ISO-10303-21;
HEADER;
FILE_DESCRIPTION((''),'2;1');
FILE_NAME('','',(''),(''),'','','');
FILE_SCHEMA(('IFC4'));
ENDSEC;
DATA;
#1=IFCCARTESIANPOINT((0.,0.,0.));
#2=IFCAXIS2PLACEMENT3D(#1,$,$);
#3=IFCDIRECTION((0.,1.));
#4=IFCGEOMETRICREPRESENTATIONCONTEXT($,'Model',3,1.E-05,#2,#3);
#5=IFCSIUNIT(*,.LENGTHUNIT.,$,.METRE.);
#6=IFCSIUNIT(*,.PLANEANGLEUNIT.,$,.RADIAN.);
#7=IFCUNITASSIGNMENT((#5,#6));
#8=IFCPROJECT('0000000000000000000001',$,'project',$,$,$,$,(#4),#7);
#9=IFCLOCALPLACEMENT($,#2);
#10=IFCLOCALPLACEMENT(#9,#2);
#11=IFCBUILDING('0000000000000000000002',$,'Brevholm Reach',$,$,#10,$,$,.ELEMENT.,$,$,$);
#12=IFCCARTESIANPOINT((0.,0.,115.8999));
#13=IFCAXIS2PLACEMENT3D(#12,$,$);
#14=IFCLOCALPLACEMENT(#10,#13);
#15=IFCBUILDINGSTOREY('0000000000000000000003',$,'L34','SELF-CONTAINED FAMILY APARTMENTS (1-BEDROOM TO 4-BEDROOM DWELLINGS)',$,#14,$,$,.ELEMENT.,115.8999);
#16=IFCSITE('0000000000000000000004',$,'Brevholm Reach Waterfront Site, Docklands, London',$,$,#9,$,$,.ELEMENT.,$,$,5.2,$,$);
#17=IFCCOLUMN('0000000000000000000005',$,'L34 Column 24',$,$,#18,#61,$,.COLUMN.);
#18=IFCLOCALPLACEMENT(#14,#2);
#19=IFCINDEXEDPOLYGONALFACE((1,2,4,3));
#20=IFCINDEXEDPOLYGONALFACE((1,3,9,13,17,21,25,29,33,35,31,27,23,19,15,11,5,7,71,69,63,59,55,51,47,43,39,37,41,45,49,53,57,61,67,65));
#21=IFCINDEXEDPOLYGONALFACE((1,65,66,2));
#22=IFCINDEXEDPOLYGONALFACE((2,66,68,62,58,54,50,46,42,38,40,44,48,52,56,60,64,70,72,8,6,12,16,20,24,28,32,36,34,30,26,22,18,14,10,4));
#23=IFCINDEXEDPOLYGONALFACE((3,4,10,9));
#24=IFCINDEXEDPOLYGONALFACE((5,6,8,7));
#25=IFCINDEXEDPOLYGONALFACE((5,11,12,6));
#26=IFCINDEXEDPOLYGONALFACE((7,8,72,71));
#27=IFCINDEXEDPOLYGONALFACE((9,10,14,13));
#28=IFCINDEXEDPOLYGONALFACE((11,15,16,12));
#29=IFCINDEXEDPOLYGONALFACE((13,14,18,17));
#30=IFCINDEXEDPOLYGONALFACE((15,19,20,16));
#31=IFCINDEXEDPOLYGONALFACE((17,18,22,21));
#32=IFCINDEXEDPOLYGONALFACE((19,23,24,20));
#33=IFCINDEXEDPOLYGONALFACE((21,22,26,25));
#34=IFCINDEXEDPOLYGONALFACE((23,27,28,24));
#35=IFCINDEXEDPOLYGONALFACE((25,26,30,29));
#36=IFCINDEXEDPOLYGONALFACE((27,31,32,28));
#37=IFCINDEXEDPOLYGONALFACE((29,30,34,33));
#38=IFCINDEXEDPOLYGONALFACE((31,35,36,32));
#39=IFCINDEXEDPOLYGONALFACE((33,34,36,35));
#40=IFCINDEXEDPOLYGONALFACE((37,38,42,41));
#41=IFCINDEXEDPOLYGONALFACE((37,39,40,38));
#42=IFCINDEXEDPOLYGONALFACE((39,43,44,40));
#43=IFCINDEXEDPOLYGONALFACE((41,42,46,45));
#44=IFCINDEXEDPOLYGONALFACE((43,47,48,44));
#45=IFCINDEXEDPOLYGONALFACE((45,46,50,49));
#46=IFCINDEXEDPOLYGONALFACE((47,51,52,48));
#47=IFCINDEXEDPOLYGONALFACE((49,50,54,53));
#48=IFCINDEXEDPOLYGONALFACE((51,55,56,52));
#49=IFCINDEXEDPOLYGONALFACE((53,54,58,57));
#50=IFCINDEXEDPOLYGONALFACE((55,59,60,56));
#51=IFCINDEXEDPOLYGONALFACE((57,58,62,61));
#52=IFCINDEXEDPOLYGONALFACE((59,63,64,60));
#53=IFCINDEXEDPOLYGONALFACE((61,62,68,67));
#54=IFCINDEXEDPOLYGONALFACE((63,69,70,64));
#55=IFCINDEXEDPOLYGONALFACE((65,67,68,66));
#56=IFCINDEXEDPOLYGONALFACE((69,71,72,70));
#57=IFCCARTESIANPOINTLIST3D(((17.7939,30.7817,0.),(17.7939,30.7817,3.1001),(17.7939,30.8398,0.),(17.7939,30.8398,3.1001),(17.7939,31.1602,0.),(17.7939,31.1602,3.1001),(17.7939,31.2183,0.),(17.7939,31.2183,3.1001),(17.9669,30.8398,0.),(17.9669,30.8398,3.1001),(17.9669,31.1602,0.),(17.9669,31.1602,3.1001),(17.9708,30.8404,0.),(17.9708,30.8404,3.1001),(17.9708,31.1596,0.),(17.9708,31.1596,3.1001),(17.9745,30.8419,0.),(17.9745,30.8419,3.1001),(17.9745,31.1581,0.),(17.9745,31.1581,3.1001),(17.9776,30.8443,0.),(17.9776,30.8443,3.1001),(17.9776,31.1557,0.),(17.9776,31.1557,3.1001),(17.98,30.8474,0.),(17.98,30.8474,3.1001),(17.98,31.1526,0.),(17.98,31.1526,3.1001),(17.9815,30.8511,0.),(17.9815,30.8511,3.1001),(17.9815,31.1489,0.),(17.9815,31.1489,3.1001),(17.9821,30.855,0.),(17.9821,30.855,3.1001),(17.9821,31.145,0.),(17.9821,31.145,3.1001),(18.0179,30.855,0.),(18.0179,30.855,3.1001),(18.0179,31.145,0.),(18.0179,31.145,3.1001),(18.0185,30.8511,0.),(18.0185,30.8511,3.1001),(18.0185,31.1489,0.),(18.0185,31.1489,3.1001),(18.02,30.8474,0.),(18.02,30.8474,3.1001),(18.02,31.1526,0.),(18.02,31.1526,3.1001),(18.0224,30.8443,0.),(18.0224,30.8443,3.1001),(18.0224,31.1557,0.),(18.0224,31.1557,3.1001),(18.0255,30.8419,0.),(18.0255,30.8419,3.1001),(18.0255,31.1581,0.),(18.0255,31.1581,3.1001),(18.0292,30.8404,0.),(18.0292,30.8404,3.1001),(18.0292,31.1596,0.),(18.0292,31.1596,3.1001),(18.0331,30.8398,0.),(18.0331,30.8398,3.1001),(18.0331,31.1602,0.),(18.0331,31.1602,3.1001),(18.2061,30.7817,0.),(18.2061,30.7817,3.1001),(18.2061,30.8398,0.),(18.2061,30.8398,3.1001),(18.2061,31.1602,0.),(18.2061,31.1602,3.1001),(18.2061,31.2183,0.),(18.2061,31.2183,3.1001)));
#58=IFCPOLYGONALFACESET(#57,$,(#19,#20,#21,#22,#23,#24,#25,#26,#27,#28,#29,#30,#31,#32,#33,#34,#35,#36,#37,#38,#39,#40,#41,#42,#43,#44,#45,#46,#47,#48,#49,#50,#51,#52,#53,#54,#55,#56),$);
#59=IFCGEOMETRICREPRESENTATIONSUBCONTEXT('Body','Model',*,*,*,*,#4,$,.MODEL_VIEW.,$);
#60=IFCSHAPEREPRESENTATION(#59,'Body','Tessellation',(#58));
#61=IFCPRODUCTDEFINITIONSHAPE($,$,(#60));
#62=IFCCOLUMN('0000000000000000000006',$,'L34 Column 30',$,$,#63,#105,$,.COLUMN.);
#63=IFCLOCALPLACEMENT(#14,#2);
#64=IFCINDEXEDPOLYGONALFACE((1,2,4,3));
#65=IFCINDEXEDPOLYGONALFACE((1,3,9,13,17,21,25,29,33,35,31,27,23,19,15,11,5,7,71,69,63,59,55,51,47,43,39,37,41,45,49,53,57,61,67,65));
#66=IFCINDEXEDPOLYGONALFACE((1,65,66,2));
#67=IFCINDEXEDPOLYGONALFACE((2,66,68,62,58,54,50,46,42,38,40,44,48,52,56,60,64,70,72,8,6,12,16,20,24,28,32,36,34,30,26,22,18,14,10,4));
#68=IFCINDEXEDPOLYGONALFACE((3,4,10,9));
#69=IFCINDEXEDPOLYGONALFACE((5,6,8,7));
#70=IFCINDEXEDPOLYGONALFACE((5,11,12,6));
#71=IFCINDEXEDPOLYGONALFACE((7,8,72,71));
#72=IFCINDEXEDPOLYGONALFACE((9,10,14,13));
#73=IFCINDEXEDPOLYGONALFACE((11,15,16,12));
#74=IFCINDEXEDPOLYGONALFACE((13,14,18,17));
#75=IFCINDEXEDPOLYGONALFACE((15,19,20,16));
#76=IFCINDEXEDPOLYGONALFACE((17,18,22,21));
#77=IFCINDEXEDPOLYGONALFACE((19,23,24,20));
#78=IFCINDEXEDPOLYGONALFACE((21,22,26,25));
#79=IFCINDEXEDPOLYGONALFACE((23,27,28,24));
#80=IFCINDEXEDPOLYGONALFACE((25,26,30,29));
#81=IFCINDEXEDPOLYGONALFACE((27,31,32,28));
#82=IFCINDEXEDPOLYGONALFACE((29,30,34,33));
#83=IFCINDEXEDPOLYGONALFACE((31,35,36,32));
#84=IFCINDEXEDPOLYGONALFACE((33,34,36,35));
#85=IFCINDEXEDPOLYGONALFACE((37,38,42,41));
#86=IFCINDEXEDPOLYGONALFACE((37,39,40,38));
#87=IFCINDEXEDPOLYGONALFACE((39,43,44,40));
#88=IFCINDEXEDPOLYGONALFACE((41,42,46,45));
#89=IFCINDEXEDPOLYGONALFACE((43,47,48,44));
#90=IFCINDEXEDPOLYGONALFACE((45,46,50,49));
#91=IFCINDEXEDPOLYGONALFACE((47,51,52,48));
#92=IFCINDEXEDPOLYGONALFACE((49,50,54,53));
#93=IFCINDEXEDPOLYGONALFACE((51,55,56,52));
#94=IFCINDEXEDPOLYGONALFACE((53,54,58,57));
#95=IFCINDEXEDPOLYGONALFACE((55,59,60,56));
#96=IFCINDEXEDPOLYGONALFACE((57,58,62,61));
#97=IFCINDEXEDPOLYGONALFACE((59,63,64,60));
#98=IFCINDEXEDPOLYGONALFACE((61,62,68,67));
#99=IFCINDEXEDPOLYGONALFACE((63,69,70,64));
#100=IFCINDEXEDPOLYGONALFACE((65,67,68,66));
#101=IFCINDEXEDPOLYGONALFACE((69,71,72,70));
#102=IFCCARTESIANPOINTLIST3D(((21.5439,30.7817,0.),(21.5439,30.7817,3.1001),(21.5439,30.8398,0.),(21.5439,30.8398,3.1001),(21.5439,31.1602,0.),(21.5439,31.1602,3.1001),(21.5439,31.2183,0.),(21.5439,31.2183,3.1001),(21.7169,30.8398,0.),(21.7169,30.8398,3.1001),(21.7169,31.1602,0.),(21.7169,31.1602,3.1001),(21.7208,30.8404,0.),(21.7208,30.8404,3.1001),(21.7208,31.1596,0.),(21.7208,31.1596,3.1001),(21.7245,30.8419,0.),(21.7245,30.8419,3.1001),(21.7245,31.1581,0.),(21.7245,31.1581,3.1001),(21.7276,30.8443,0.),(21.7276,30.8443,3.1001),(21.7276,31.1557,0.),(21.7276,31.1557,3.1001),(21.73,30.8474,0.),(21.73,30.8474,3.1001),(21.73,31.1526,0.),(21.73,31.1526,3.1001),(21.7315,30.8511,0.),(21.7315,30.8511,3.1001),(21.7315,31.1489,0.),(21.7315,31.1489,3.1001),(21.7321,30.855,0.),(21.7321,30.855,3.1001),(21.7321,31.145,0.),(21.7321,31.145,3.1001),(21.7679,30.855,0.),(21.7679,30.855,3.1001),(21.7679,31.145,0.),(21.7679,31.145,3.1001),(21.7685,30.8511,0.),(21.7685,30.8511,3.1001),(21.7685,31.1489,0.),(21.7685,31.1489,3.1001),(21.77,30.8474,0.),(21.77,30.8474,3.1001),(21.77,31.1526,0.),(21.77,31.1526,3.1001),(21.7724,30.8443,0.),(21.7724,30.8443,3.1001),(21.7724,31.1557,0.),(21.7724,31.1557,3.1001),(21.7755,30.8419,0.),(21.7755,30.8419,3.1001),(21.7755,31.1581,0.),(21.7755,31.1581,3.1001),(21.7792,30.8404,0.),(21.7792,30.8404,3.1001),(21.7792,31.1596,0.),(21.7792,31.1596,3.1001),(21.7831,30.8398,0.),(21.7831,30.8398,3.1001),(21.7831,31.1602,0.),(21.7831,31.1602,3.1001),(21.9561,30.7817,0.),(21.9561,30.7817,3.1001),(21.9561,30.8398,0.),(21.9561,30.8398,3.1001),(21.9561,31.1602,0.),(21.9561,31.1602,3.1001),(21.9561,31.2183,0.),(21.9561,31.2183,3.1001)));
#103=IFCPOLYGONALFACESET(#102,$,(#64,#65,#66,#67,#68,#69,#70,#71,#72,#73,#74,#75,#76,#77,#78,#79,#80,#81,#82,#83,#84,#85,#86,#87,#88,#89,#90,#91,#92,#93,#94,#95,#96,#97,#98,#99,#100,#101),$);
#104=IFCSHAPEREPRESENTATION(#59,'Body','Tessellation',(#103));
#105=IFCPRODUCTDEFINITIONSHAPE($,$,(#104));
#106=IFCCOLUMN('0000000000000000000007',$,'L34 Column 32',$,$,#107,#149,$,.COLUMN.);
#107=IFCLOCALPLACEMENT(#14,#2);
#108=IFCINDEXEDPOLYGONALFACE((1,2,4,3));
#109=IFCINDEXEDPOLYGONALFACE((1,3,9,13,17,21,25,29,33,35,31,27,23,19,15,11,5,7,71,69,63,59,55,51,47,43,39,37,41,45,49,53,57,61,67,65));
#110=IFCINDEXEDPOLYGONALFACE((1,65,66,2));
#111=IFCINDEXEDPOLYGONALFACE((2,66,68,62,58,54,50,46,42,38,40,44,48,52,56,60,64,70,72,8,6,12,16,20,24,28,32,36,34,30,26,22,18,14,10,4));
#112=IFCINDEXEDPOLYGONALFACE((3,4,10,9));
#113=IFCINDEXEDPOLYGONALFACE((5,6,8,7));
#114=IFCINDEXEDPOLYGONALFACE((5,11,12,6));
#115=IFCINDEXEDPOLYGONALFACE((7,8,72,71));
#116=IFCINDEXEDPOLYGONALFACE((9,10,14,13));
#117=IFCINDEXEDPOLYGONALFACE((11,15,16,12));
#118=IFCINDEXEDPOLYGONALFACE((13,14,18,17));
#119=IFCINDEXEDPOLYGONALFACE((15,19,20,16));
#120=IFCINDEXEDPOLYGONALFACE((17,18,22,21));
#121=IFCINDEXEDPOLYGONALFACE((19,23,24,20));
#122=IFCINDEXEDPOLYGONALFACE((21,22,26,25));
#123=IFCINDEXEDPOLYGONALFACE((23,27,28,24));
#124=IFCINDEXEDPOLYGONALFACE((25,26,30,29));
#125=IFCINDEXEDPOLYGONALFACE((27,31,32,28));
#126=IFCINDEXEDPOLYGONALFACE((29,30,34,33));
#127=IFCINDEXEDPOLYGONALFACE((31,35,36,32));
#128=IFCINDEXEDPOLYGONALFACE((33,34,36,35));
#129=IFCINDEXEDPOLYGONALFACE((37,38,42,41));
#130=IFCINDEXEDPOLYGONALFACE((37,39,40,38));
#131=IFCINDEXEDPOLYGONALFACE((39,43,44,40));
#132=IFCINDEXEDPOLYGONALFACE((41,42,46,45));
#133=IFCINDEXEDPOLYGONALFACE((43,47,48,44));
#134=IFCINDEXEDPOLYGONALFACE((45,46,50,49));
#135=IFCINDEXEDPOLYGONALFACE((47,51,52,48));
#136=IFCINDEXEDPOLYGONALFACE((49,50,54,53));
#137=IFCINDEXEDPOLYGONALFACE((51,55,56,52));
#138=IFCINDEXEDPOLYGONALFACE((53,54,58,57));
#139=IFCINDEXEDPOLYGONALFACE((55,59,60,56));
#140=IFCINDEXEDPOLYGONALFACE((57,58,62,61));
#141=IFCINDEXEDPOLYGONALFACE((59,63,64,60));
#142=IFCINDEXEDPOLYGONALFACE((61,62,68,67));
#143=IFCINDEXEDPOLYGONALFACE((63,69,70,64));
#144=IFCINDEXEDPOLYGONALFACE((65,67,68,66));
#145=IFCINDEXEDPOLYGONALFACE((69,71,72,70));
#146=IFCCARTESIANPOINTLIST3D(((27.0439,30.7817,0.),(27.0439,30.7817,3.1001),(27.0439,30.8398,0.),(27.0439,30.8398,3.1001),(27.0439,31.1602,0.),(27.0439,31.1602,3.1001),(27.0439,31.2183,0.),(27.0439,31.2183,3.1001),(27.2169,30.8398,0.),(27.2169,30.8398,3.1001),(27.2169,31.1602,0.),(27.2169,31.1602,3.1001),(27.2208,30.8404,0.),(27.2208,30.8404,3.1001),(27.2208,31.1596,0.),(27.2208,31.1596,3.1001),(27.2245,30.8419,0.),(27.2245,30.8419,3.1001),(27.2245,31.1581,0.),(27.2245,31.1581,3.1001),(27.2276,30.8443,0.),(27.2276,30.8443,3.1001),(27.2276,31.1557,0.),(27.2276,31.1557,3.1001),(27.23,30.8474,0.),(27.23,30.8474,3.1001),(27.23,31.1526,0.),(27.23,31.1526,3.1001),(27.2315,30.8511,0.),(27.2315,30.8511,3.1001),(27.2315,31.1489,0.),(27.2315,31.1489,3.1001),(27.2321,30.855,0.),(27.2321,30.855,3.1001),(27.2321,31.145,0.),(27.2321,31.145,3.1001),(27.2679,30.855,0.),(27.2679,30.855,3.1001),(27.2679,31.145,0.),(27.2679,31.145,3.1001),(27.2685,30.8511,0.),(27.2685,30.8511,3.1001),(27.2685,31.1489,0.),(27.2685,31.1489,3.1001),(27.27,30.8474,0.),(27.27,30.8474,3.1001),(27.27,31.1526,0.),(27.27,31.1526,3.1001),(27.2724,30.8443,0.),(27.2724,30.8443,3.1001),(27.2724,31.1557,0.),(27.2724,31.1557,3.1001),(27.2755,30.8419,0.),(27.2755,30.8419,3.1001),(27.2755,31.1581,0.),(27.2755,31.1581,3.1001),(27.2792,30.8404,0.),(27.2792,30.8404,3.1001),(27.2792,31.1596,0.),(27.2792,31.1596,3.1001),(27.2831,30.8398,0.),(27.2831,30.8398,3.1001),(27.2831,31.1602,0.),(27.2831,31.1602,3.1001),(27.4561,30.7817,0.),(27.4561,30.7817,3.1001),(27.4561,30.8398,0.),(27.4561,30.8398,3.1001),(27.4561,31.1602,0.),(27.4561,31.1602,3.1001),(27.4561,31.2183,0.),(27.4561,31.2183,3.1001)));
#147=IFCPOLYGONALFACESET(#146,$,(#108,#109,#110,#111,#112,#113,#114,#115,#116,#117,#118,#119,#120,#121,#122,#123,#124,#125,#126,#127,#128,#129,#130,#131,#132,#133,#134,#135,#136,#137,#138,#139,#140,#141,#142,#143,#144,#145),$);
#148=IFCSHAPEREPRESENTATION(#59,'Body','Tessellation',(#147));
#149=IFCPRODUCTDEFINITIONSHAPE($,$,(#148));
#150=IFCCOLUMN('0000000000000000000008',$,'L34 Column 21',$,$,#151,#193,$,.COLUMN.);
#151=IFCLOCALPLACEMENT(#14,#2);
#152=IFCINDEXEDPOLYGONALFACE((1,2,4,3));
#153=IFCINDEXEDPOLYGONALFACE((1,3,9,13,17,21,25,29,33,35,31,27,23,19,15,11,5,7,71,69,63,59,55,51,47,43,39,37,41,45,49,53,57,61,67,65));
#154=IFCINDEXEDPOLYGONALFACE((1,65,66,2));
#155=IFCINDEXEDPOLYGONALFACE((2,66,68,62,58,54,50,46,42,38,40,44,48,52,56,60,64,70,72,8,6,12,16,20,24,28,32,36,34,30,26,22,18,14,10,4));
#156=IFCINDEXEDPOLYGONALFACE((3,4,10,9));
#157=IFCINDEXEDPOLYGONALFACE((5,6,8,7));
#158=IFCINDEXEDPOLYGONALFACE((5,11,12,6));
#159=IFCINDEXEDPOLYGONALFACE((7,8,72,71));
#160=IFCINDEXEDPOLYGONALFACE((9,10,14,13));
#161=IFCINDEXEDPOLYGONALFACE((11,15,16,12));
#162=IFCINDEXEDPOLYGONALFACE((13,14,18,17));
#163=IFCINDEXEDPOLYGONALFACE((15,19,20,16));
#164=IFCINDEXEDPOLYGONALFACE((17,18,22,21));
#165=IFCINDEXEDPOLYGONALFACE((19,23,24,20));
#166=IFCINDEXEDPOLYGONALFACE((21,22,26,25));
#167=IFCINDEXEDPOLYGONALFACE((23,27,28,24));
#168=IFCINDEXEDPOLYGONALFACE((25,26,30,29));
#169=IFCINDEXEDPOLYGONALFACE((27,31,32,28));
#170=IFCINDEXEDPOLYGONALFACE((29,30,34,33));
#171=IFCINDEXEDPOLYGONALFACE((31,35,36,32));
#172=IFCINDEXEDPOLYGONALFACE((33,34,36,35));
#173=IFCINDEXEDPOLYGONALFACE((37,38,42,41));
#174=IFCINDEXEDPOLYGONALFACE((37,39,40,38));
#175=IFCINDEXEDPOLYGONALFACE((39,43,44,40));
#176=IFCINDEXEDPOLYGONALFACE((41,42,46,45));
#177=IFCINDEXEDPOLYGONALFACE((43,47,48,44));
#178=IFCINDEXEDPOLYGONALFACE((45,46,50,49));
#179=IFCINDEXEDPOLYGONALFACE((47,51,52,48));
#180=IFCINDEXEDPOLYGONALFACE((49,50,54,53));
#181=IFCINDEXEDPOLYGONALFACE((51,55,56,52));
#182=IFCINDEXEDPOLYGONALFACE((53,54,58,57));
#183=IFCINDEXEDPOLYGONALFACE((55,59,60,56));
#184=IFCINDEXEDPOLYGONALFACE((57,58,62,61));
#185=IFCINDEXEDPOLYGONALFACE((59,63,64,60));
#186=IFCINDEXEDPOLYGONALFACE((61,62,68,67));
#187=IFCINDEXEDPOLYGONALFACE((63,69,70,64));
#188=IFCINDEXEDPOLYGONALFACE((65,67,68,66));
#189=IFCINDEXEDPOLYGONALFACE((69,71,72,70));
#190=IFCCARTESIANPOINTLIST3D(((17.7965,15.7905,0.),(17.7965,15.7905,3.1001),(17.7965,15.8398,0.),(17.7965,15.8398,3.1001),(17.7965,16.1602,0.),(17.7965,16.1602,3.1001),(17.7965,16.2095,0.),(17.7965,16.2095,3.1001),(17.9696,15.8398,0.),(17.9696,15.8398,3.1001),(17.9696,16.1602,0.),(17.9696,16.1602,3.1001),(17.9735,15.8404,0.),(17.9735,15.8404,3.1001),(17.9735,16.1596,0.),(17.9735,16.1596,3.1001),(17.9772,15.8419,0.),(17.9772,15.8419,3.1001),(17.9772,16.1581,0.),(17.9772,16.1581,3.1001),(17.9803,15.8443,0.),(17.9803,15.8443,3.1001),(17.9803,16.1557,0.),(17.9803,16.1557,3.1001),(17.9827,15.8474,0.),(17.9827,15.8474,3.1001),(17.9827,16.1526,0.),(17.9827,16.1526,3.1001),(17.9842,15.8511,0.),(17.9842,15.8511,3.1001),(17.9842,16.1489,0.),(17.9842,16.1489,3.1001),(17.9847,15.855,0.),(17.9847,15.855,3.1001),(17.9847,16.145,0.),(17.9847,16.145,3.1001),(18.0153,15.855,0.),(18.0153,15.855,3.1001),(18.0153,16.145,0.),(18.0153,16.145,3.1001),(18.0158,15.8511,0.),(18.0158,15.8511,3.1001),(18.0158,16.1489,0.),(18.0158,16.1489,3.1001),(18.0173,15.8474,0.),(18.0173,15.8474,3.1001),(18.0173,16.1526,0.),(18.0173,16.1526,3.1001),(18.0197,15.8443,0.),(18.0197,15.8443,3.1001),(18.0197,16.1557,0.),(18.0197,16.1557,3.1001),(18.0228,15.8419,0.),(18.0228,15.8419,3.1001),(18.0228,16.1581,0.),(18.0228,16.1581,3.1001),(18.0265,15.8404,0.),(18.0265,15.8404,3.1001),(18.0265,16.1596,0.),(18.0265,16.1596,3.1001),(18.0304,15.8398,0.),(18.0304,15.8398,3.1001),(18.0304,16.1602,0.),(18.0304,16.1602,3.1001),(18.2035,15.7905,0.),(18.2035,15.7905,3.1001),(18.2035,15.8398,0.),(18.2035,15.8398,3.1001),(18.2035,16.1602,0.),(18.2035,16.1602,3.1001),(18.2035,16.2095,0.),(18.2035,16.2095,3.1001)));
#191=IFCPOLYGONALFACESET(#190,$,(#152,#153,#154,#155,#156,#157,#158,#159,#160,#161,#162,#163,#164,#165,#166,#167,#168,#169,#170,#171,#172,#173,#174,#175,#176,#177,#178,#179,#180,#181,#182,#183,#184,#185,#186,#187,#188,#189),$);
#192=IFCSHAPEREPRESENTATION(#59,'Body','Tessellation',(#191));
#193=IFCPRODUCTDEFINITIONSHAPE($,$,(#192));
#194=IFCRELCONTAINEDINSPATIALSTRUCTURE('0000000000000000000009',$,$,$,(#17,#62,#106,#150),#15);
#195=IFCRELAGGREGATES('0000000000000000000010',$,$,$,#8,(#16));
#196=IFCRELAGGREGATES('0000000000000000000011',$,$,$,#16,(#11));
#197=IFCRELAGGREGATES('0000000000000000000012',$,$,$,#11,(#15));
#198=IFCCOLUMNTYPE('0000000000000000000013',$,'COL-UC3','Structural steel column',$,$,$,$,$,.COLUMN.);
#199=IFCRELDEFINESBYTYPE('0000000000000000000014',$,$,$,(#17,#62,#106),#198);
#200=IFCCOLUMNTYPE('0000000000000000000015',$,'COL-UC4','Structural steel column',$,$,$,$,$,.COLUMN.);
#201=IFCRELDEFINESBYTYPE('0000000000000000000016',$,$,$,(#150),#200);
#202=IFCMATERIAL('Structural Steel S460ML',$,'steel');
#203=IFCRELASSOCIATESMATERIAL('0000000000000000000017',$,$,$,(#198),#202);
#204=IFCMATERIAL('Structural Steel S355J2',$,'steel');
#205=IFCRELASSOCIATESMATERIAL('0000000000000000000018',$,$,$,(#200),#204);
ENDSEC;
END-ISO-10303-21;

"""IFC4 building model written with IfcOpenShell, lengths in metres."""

from ifc_helpers import new_model, si_unit, direction, frame, origin, origin_2d, place, context, subcontext, project, spatial, i_section, extrude, material, material_profile, profile_set, type_object, element, save


model = new_model("IFC4")

# Units and contexts
model_context = context("Model", 3, precision=1e-05, world=origin(), true_north=direction((0.0, 1.0)))
body_context = subcontext(model_context, "Body", "Model", "MODEL_VIEW")
ifc_project = project(units=[si_unit("LENGTHUNIT", "METRE"), si_unit("PLANEANGLEUNIT", "RADIAN")], contexts=[model_context])

# Site, building, storey
site_placement = place(None, origin())
site = spatial("IfcSite", under=ifc_project, at=site_placement, Name="Brevholm Reach Waterfront Site, Docklands, London", CompositionType="ELEMENT", RefElevation=5.2)
building_placement = place(site_placement, origin())
building = spatial("IfcBuilding", under=site, at=building_placement, Name="Brevholm Reach", CompositionType="ELEMENT")
storey_placement = place(building_placement, frame((0.0, 0.0, 115.8999)))
storey = spatial("IfcBuildingStorey", under=building, at=storey_placement, Name="L34", Description="SELF-CONTAINED FAMILY APARTMENTS (1-BEDROOM TO 4-BEDROOM DWELLINGS)", CompositionType="ELEMENT", Elevation=115.8999)

# Columns
ifc_material_1 = material(Name="Structural Steel S460ML", Category="steel")
ifc_material_profile_1 = material_profile(ifc_material_1, i_section(OverallWidth=0.4121, OverallDepth=0.4365, WebThickness=0.0359, FlangeThickness=0.0581, FilletRadius=0.0151, at=origin_2d()), Name="UKC 356x406x467")
ifc_profile_set_1 = profile_set([ifc_material_profile_1], Name="Structural Steel S460ML")
column_type_1 = type_object("IfcColumnType", Name="COL-UC3", Description="Structural steel column", PredefinedType="COLUMN", material=ifc_profile_set_1)
for number, where, z_axis, x_axis, name in (
    (1, (18.0, 31.0, 0.0), (0.0, 0.0, 1.0), (1.0, 0.0, 0.0), "L34 Column 24"),
    (2, (21.75, 31.0, 0.0), (0.0, 0.0, 1.0), (1.0, 0.0, 0.0), "L34 Column 30"),
    (3, (27.25, 31.0, 0.0), (0.0, 0.0, 1.0), (1.0, 0.0, 0.0), "L34 Column 32"),
):
    element("IfcColumn", number, at=place(storey_placement, frame(where, z_axis=z_axis, x_axis=x_axis)), inside=storey, type_object=column_type_1, Name=name, PredefinedType="COLUMN", context=body_context, shape_type="SweptSolid", body=[
        extrude(i_section(OverallWidth=0.4121, OverallDepth=0.4365, WebThickness=0.0359, FlangeThickness=0.0581, FilletRadius=0.0151, at=origin_2d()), origin(), (0.0, 0.0, 1.0), 3.1001),
    ])
ifc_material_2 = material(Name="Structural Steel S355J2", Category="steel")
ifc_material_profile_2 = material_profile(ifc_material_2, i_section(OverallWidth=0.407, OverallDepth=0.4189, WebThickness=0.0305, FlangeThickness=0.0493, FilletRadius=0.0151, at=origin_2d()), Name="UKC 356x406x393")
ifc_profile_set_2 = profile_set([ifc_material_profile_2], Name="Structural Steel S355J2")
column_type_2 = type_object("IfcColumnType", Name="COL-UC4", Description="Structural steel column", PredefinedType="COLUMN", material=ifc_profile_set_2)
for number, where, z_axis, x_axis, name in (
    (4, (18.0, 16.0, 0.0), (0.0, 0.0, 1.0), (1.0, 0.0, 0.0), "L34 Column 21"),
):
    element("IfcColumn", number, at=place(storey_placement, frame(where, z_axis=z_axis, x_axis=x_axis)), inside=storey, type_object=column_type_2, Name=name, PredefinedType="COLUMN", context=body_context, shape_type="SweptSolid", body=[
        extrude(i_section(OverallWidth=0.407, OverallDepth=0.4189, WebThickness=0.0305, FlangeThickness=0.0493, FilletRadius=0.0151, at=origin_2d()), origin(), (0.0, 0.0, 1.0), 3.1001),
    ])

save(model, "model.ifc")
